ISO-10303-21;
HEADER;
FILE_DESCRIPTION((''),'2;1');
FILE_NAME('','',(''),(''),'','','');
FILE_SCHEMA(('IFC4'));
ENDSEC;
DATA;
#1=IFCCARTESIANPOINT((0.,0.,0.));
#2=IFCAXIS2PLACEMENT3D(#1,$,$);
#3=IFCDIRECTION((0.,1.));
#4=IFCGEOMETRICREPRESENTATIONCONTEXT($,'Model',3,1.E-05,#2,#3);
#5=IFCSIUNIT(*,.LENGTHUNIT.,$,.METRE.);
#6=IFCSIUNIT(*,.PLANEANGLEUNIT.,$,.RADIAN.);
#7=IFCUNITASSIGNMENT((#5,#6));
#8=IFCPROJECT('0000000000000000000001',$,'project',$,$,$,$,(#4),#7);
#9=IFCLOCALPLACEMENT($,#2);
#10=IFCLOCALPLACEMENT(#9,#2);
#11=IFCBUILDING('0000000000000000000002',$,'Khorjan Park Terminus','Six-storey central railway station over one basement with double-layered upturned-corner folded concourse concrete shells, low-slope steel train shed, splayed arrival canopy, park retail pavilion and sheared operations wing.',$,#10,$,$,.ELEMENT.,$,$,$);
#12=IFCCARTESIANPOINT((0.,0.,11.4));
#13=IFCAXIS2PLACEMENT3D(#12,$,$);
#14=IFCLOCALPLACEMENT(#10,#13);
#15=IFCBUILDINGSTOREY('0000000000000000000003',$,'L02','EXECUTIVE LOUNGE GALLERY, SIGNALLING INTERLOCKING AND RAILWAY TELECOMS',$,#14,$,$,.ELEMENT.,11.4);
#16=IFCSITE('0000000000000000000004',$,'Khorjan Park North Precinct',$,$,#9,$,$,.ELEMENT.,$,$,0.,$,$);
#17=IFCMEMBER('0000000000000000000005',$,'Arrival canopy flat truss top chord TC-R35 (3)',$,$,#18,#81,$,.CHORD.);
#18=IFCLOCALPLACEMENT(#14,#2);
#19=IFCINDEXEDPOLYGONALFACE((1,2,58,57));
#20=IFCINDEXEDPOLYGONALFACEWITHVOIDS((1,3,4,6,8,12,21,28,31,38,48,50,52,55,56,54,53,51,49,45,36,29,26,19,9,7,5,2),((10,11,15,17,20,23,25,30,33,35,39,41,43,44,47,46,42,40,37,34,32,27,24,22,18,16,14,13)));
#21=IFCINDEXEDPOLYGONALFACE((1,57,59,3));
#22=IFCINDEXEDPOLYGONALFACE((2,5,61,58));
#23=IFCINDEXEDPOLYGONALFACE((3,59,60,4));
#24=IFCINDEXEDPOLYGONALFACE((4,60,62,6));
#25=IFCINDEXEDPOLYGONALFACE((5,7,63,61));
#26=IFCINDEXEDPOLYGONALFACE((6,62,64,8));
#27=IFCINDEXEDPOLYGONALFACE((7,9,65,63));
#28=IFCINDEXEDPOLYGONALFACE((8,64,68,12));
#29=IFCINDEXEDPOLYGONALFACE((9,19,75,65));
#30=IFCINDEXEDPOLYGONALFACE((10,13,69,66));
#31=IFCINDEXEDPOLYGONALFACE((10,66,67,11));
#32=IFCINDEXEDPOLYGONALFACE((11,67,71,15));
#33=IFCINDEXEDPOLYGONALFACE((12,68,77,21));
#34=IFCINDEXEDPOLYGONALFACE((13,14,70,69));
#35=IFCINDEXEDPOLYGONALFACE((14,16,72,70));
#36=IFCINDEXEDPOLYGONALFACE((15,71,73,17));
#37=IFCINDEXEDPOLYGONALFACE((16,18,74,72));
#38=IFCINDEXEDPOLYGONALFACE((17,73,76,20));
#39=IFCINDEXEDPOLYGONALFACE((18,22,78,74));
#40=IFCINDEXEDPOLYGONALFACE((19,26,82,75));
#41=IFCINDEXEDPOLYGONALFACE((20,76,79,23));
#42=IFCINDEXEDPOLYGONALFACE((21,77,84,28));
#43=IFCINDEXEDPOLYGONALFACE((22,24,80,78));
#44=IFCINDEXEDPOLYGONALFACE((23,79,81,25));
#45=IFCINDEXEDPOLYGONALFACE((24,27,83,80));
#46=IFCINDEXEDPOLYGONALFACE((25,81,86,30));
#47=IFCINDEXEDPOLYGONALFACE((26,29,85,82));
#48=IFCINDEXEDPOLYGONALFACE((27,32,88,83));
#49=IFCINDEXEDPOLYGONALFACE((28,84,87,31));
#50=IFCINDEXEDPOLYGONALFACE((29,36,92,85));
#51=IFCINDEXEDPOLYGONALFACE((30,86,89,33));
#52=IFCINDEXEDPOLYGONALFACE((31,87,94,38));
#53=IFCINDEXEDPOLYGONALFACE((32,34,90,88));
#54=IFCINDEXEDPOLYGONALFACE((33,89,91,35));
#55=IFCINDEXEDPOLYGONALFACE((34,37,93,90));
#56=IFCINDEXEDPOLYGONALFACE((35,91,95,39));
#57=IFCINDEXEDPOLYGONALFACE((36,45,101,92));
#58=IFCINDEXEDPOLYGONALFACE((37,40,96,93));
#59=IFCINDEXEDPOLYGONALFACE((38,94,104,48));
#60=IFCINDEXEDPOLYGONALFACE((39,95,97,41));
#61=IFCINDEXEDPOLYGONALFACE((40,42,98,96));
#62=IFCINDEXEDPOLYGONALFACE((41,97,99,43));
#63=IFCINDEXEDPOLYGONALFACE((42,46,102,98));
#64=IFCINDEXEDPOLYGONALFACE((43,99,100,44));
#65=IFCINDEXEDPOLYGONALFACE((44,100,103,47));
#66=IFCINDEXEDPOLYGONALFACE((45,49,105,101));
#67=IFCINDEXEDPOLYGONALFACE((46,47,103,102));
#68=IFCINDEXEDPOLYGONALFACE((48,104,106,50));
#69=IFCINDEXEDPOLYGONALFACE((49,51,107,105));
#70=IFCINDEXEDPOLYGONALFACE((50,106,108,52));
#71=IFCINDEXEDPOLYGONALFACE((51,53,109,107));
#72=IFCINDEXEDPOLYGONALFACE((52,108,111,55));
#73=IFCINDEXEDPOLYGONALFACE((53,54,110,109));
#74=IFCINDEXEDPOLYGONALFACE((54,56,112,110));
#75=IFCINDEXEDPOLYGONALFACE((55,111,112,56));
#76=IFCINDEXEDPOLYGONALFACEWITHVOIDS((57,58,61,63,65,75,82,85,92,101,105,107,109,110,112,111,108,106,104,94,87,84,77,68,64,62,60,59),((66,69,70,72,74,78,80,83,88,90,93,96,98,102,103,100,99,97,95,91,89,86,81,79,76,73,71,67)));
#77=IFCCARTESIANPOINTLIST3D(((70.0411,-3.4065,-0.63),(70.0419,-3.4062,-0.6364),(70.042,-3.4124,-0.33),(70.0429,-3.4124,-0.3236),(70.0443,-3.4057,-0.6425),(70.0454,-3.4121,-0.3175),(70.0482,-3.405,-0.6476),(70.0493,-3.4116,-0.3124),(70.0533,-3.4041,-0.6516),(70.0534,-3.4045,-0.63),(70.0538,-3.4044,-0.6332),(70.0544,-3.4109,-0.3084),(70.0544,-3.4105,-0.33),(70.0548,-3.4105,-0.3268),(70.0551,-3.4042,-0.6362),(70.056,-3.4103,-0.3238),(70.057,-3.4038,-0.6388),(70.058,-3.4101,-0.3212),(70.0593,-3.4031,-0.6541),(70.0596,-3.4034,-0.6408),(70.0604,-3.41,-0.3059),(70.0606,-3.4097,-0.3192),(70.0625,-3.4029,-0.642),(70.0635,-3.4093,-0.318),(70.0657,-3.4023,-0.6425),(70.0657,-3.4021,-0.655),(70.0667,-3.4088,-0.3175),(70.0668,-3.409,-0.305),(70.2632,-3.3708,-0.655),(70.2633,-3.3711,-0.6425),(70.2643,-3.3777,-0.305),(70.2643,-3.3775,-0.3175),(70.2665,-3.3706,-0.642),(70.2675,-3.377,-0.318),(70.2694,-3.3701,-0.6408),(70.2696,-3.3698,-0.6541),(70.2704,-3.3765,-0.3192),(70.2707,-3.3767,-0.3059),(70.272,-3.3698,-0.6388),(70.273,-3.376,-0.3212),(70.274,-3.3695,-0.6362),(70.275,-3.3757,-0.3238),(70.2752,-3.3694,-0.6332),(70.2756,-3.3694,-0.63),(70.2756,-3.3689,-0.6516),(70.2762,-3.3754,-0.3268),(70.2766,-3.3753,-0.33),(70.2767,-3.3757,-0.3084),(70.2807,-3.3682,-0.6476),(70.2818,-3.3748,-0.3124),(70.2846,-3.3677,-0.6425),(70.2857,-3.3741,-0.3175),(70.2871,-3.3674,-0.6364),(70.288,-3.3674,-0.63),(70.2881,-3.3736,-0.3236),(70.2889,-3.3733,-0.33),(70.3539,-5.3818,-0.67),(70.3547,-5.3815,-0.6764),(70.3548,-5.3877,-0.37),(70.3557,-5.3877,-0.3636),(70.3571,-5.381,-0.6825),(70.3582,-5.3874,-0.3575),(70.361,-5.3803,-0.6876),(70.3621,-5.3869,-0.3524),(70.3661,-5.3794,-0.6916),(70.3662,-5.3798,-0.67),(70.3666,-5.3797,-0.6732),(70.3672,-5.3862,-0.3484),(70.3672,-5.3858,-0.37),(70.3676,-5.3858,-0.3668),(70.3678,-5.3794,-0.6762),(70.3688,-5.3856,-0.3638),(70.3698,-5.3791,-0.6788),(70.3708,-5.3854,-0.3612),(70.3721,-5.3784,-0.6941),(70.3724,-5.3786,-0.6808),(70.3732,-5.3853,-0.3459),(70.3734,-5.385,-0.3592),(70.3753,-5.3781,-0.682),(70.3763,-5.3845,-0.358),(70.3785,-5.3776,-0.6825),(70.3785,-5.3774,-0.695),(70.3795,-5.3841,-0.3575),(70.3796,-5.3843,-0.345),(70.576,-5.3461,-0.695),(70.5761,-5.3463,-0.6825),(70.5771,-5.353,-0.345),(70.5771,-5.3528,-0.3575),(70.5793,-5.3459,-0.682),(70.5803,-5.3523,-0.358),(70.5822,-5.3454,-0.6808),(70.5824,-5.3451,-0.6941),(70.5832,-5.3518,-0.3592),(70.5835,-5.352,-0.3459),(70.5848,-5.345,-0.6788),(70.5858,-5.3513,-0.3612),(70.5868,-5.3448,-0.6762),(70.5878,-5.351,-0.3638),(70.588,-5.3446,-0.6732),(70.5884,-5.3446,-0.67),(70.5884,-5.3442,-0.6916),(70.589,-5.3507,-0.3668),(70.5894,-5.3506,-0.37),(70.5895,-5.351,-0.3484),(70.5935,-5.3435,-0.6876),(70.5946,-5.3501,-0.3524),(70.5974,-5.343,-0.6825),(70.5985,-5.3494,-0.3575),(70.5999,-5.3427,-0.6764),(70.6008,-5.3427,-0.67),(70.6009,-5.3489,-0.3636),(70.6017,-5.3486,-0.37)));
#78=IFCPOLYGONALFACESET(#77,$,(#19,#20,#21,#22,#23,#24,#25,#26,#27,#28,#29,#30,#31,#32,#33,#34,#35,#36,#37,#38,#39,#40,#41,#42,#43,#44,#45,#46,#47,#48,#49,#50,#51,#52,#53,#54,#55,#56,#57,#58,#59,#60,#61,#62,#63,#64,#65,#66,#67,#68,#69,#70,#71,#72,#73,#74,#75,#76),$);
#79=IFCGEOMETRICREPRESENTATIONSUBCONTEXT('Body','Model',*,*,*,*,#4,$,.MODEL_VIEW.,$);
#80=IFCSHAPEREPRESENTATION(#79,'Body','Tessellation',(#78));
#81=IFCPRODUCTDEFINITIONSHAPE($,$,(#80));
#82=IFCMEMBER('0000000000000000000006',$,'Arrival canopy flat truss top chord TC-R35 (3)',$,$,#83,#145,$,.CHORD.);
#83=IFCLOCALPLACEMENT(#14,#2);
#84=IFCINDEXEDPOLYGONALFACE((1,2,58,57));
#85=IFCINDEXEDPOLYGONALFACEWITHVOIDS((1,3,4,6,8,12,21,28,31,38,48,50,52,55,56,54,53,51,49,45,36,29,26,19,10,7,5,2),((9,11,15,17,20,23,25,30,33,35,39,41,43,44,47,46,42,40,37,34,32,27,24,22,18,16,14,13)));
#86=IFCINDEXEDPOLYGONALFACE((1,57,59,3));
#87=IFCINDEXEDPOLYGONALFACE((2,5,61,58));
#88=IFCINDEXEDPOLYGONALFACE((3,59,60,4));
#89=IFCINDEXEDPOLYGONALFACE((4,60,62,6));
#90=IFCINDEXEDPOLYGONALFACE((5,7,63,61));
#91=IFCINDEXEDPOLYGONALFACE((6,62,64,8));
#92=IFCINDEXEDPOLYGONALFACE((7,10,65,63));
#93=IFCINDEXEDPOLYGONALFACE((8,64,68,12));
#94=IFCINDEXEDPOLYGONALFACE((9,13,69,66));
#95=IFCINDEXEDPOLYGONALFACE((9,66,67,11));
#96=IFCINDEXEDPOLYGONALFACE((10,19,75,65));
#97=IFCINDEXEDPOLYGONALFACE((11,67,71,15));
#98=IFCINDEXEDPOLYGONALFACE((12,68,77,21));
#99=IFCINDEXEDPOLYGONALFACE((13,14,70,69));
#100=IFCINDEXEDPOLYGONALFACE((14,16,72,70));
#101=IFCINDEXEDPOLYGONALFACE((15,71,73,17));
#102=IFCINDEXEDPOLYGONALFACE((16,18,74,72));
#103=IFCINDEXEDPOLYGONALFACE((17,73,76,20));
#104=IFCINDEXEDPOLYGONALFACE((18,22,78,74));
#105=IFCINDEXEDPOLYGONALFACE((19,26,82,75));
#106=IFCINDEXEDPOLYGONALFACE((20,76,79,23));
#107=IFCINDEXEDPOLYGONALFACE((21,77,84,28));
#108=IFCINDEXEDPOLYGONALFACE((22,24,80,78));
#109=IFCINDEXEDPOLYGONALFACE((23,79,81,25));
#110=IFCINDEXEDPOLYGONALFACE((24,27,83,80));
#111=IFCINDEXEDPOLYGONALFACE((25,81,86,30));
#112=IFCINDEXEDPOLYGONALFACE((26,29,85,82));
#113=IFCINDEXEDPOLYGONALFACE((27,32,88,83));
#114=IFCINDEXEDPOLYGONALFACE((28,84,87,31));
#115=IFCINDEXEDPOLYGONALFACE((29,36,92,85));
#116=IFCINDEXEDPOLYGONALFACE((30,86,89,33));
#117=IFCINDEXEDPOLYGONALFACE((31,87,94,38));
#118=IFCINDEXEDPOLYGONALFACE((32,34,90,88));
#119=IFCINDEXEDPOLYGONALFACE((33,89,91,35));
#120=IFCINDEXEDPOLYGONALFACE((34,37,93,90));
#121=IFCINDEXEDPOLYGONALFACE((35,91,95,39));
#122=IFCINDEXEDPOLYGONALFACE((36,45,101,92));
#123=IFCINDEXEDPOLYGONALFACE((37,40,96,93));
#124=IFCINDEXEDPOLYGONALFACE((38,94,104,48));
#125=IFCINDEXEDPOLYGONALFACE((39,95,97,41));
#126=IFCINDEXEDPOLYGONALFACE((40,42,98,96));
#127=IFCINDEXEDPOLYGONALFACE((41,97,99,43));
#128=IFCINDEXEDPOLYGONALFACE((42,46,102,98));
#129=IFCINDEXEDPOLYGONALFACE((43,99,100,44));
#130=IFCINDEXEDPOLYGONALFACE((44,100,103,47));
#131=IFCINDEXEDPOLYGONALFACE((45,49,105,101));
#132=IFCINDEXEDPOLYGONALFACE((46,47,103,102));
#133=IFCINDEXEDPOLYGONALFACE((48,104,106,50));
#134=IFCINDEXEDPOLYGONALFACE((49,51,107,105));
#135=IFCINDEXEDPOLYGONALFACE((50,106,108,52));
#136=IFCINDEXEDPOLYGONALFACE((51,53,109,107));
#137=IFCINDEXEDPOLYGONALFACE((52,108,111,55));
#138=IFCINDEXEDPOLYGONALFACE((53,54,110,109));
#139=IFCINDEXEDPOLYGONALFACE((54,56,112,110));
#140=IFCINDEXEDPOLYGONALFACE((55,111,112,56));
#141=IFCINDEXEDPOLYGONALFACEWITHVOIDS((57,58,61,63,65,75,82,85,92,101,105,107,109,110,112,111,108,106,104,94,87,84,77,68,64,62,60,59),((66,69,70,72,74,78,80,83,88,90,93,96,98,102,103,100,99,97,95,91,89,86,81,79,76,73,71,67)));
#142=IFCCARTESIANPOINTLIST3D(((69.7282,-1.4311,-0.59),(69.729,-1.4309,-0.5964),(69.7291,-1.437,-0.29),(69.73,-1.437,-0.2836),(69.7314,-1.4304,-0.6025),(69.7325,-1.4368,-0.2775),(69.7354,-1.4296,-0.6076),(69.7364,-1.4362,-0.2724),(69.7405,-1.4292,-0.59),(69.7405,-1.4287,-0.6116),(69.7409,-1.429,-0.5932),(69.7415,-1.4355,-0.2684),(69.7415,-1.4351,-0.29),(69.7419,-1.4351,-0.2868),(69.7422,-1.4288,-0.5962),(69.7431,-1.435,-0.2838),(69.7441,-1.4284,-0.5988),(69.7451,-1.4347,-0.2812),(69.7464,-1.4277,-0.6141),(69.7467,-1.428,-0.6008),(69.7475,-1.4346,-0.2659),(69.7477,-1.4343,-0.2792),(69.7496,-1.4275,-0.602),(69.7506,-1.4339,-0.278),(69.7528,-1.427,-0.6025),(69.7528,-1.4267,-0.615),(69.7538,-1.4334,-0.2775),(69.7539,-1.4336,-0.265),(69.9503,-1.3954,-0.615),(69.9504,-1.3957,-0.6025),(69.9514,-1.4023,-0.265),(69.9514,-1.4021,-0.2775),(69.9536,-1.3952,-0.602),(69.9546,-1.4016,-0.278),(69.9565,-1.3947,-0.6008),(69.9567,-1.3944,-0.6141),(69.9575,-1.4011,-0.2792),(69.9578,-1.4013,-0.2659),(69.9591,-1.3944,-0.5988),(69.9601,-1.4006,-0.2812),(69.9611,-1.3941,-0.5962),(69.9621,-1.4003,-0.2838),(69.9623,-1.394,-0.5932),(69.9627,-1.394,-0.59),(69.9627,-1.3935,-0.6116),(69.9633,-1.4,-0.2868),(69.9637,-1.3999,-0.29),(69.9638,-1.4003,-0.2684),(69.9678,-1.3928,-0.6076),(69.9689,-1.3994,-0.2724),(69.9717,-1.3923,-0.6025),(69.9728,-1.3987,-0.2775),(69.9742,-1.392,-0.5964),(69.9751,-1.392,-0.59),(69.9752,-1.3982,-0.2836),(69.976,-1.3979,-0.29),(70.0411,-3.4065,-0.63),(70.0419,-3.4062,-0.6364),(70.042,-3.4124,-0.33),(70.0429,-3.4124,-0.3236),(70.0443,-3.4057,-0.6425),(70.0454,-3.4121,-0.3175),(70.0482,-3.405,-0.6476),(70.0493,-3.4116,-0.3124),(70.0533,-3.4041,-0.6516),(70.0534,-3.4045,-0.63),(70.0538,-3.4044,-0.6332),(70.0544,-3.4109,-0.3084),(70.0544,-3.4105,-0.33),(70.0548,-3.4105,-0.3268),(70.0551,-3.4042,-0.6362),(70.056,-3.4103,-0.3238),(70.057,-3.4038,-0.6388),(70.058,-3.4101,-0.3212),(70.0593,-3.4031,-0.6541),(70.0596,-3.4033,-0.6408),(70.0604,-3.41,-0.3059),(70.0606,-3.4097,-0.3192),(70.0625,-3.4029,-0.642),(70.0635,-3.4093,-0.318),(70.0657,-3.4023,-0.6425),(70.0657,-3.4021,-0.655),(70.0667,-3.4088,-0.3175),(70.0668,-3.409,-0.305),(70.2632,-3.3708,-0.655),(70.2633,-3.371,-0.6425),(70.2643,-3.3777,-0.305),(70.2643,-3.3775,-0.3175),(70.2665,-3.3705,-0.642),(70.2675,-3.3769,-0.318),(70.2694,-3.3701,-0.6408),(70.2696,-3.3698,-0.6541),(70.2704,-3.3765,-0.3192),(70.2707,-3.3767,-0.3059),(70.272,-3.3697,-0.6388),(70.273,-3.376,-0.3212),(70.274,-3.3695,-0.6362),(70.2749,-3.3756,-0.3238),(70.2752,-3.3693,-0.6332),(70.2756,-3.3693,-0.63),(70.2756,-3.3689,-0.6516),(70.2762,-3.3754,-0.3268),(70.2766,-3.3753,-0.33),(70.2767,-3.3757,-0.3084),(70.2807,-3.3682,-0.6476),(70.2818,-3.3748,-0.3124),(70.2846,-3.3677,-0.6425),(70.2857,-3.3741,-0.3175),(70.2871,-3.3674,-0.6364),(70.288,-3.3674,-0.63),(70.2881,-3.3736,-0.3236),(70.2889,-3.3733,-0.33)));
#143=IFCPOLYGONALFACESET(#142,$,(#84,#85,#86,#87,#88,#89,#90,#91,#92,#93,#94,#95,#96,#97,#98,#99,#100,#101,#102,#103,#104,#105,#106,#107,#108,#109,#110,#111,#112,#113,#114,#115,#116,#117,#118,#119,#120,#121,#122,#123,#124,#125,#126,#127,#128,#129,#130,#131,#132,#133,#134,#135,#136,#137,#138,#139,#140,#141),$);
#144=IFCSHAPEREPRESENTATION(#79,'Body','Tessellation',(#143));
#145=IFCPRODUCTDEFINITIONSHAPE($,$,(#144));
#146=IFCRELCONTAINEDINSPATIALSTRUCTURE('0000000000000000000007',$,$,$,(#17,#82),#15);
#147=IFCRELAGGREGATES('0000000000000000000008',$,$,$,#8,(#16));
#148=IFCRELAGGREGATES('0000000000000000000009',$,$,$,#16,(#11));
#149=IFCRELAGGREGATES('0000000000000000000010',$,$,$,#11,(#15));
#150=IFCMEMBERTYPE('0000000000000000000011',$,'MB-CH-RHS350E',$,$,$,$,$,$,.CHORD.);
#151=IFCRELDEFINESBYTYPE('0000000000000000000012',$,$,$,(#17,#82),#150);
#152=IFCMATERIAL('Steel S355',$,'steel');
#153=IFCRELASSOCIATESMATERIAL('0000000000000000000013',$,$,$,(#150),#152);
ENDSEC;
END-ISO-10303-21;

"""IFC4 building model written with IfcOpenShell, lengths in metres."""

from ifc_helpers import new_model, si_unit, direction, frame, origin, origin_2d, place, context, subcontext, project, spatial, hollow_rectangle, extrude, material, material_profile, profile_set, type_object, element, save


model = new_model("IFC4")

# Units and contexts
model_context = context("Model", 3, precision=1e-05, world=origin(), true_north=direction((0.0, 1.0)))
body_context = subcontext(model_context, "Body", "Model", "MODEL_VIEW")
ifc_project = project(units=[si_unit("LENGTHUNIT", "METRE"), si_unit("PLANEANGLEUNIT", "RADIAN")], contexts=[model_context])

# Site, building, storey
site_placement = place(None, origin())
site = spatial("IfcSite", under=ifc_project, at=site_placement, Name="Khorjan Park North Precinct", CompositionType="ELEMENT", RefElevation=0.0)
building_placement = place(site_placement, origin())
building = spatial("IfcBuilding", under=site, at=building_placement, Name="Khorjan Park Terminus", Description="Six-storey central railway station over one basement with double-layered upturned-corner folded concourse concrete shells, low-slope steel train shed, splayed arrival canopy, park retail pavilion and sheared operations wing.", CompositionType="ELEMENT")
storey_placement = place(building_placement, frame((0.0, 0.0, 11.4)))
storey = spatial("IfcBuildingStorey", under=building, at=storey_placement, Name="L02", Description="EXECUTIVE LOUNGE GALLERY, SIGNALLING INTERLOCKING AND RAILWAY TELECOMS", CompositionType="ELEMENT", Elevation=11.4)

# Members
ifc_material = material(Name="Steel S355", Category="steel")
ifc_material_profile_1 = material_profile(ifc_material, hollow_rectangle(XDim=0.25, YDim=0.35, WallThickness=0.0125, InnerFilletRadius=0.0125, OuterFilletRadius=0.025, at=origin_2d()), Name="RHS 350x250x12.5")
ifc_profile_set_1 = profile_set([ifc_material_profile_1], Name="Steel S355")
member_type_1 = type_object("IfcMemberType", Name="MB-CH-RHS350E", PredefinedType="CHORD", material=ifc_profile_set_1)
member_1_placement = place(storey_placement, frame((70.4778, -5.3652, -0.52), z_axis=(-0.156375, 0.987495, 0.019997), x_axis=(-0.987693, -0.156407, 0.0)))
element("IfcMember", 1, at=member_1_placement, inside=storey, type_object=member_type_1, Name="Arrival canopy flat truss top chord TC-R35 (3)", PredefinedType="CHORD", context=body_context, shape_type="SweptSolid", body=[
    extrude(hollow_rectangle(XDim=0.25, YDim=0.35, WallThickness=0.0125, InnerFilletRadius=0.0125, OuterFilletRadius=0.025, at=origin_2d()), origin(), (0.0, 0.0, 1.0), 2.0003),
])
for number, where, z_axis, x_axis, name in (
    (2, (70.165, -3.3899, -0.48), (-0.156417, 0.987489, 0.019996), (-0.987686, -0.156448, 0.0), "Arrival canopy flat truss top chord TC-R35 (3)"),
):
    element("IfcMember", number, at=place(storey_placement, frame(where, z_axis=z_axis, x_axis=x_axis)), inside=storey, type_object=member_type_1, Name=name, PredefinedType="CHORD", context=body_context, shape_type="SweptSolid", body=[
        extrude(hollow_rectangle(XDim=0.25, YDim=0.35, WallThickness=0.0125, InnerFilletRadius=0.0125, OuterFilletRadius=0.025, at=origin_2d()), origin(), (0.0, 0.0, 1.0), 2.0004),
    ])

save(model, "model.ifc")
